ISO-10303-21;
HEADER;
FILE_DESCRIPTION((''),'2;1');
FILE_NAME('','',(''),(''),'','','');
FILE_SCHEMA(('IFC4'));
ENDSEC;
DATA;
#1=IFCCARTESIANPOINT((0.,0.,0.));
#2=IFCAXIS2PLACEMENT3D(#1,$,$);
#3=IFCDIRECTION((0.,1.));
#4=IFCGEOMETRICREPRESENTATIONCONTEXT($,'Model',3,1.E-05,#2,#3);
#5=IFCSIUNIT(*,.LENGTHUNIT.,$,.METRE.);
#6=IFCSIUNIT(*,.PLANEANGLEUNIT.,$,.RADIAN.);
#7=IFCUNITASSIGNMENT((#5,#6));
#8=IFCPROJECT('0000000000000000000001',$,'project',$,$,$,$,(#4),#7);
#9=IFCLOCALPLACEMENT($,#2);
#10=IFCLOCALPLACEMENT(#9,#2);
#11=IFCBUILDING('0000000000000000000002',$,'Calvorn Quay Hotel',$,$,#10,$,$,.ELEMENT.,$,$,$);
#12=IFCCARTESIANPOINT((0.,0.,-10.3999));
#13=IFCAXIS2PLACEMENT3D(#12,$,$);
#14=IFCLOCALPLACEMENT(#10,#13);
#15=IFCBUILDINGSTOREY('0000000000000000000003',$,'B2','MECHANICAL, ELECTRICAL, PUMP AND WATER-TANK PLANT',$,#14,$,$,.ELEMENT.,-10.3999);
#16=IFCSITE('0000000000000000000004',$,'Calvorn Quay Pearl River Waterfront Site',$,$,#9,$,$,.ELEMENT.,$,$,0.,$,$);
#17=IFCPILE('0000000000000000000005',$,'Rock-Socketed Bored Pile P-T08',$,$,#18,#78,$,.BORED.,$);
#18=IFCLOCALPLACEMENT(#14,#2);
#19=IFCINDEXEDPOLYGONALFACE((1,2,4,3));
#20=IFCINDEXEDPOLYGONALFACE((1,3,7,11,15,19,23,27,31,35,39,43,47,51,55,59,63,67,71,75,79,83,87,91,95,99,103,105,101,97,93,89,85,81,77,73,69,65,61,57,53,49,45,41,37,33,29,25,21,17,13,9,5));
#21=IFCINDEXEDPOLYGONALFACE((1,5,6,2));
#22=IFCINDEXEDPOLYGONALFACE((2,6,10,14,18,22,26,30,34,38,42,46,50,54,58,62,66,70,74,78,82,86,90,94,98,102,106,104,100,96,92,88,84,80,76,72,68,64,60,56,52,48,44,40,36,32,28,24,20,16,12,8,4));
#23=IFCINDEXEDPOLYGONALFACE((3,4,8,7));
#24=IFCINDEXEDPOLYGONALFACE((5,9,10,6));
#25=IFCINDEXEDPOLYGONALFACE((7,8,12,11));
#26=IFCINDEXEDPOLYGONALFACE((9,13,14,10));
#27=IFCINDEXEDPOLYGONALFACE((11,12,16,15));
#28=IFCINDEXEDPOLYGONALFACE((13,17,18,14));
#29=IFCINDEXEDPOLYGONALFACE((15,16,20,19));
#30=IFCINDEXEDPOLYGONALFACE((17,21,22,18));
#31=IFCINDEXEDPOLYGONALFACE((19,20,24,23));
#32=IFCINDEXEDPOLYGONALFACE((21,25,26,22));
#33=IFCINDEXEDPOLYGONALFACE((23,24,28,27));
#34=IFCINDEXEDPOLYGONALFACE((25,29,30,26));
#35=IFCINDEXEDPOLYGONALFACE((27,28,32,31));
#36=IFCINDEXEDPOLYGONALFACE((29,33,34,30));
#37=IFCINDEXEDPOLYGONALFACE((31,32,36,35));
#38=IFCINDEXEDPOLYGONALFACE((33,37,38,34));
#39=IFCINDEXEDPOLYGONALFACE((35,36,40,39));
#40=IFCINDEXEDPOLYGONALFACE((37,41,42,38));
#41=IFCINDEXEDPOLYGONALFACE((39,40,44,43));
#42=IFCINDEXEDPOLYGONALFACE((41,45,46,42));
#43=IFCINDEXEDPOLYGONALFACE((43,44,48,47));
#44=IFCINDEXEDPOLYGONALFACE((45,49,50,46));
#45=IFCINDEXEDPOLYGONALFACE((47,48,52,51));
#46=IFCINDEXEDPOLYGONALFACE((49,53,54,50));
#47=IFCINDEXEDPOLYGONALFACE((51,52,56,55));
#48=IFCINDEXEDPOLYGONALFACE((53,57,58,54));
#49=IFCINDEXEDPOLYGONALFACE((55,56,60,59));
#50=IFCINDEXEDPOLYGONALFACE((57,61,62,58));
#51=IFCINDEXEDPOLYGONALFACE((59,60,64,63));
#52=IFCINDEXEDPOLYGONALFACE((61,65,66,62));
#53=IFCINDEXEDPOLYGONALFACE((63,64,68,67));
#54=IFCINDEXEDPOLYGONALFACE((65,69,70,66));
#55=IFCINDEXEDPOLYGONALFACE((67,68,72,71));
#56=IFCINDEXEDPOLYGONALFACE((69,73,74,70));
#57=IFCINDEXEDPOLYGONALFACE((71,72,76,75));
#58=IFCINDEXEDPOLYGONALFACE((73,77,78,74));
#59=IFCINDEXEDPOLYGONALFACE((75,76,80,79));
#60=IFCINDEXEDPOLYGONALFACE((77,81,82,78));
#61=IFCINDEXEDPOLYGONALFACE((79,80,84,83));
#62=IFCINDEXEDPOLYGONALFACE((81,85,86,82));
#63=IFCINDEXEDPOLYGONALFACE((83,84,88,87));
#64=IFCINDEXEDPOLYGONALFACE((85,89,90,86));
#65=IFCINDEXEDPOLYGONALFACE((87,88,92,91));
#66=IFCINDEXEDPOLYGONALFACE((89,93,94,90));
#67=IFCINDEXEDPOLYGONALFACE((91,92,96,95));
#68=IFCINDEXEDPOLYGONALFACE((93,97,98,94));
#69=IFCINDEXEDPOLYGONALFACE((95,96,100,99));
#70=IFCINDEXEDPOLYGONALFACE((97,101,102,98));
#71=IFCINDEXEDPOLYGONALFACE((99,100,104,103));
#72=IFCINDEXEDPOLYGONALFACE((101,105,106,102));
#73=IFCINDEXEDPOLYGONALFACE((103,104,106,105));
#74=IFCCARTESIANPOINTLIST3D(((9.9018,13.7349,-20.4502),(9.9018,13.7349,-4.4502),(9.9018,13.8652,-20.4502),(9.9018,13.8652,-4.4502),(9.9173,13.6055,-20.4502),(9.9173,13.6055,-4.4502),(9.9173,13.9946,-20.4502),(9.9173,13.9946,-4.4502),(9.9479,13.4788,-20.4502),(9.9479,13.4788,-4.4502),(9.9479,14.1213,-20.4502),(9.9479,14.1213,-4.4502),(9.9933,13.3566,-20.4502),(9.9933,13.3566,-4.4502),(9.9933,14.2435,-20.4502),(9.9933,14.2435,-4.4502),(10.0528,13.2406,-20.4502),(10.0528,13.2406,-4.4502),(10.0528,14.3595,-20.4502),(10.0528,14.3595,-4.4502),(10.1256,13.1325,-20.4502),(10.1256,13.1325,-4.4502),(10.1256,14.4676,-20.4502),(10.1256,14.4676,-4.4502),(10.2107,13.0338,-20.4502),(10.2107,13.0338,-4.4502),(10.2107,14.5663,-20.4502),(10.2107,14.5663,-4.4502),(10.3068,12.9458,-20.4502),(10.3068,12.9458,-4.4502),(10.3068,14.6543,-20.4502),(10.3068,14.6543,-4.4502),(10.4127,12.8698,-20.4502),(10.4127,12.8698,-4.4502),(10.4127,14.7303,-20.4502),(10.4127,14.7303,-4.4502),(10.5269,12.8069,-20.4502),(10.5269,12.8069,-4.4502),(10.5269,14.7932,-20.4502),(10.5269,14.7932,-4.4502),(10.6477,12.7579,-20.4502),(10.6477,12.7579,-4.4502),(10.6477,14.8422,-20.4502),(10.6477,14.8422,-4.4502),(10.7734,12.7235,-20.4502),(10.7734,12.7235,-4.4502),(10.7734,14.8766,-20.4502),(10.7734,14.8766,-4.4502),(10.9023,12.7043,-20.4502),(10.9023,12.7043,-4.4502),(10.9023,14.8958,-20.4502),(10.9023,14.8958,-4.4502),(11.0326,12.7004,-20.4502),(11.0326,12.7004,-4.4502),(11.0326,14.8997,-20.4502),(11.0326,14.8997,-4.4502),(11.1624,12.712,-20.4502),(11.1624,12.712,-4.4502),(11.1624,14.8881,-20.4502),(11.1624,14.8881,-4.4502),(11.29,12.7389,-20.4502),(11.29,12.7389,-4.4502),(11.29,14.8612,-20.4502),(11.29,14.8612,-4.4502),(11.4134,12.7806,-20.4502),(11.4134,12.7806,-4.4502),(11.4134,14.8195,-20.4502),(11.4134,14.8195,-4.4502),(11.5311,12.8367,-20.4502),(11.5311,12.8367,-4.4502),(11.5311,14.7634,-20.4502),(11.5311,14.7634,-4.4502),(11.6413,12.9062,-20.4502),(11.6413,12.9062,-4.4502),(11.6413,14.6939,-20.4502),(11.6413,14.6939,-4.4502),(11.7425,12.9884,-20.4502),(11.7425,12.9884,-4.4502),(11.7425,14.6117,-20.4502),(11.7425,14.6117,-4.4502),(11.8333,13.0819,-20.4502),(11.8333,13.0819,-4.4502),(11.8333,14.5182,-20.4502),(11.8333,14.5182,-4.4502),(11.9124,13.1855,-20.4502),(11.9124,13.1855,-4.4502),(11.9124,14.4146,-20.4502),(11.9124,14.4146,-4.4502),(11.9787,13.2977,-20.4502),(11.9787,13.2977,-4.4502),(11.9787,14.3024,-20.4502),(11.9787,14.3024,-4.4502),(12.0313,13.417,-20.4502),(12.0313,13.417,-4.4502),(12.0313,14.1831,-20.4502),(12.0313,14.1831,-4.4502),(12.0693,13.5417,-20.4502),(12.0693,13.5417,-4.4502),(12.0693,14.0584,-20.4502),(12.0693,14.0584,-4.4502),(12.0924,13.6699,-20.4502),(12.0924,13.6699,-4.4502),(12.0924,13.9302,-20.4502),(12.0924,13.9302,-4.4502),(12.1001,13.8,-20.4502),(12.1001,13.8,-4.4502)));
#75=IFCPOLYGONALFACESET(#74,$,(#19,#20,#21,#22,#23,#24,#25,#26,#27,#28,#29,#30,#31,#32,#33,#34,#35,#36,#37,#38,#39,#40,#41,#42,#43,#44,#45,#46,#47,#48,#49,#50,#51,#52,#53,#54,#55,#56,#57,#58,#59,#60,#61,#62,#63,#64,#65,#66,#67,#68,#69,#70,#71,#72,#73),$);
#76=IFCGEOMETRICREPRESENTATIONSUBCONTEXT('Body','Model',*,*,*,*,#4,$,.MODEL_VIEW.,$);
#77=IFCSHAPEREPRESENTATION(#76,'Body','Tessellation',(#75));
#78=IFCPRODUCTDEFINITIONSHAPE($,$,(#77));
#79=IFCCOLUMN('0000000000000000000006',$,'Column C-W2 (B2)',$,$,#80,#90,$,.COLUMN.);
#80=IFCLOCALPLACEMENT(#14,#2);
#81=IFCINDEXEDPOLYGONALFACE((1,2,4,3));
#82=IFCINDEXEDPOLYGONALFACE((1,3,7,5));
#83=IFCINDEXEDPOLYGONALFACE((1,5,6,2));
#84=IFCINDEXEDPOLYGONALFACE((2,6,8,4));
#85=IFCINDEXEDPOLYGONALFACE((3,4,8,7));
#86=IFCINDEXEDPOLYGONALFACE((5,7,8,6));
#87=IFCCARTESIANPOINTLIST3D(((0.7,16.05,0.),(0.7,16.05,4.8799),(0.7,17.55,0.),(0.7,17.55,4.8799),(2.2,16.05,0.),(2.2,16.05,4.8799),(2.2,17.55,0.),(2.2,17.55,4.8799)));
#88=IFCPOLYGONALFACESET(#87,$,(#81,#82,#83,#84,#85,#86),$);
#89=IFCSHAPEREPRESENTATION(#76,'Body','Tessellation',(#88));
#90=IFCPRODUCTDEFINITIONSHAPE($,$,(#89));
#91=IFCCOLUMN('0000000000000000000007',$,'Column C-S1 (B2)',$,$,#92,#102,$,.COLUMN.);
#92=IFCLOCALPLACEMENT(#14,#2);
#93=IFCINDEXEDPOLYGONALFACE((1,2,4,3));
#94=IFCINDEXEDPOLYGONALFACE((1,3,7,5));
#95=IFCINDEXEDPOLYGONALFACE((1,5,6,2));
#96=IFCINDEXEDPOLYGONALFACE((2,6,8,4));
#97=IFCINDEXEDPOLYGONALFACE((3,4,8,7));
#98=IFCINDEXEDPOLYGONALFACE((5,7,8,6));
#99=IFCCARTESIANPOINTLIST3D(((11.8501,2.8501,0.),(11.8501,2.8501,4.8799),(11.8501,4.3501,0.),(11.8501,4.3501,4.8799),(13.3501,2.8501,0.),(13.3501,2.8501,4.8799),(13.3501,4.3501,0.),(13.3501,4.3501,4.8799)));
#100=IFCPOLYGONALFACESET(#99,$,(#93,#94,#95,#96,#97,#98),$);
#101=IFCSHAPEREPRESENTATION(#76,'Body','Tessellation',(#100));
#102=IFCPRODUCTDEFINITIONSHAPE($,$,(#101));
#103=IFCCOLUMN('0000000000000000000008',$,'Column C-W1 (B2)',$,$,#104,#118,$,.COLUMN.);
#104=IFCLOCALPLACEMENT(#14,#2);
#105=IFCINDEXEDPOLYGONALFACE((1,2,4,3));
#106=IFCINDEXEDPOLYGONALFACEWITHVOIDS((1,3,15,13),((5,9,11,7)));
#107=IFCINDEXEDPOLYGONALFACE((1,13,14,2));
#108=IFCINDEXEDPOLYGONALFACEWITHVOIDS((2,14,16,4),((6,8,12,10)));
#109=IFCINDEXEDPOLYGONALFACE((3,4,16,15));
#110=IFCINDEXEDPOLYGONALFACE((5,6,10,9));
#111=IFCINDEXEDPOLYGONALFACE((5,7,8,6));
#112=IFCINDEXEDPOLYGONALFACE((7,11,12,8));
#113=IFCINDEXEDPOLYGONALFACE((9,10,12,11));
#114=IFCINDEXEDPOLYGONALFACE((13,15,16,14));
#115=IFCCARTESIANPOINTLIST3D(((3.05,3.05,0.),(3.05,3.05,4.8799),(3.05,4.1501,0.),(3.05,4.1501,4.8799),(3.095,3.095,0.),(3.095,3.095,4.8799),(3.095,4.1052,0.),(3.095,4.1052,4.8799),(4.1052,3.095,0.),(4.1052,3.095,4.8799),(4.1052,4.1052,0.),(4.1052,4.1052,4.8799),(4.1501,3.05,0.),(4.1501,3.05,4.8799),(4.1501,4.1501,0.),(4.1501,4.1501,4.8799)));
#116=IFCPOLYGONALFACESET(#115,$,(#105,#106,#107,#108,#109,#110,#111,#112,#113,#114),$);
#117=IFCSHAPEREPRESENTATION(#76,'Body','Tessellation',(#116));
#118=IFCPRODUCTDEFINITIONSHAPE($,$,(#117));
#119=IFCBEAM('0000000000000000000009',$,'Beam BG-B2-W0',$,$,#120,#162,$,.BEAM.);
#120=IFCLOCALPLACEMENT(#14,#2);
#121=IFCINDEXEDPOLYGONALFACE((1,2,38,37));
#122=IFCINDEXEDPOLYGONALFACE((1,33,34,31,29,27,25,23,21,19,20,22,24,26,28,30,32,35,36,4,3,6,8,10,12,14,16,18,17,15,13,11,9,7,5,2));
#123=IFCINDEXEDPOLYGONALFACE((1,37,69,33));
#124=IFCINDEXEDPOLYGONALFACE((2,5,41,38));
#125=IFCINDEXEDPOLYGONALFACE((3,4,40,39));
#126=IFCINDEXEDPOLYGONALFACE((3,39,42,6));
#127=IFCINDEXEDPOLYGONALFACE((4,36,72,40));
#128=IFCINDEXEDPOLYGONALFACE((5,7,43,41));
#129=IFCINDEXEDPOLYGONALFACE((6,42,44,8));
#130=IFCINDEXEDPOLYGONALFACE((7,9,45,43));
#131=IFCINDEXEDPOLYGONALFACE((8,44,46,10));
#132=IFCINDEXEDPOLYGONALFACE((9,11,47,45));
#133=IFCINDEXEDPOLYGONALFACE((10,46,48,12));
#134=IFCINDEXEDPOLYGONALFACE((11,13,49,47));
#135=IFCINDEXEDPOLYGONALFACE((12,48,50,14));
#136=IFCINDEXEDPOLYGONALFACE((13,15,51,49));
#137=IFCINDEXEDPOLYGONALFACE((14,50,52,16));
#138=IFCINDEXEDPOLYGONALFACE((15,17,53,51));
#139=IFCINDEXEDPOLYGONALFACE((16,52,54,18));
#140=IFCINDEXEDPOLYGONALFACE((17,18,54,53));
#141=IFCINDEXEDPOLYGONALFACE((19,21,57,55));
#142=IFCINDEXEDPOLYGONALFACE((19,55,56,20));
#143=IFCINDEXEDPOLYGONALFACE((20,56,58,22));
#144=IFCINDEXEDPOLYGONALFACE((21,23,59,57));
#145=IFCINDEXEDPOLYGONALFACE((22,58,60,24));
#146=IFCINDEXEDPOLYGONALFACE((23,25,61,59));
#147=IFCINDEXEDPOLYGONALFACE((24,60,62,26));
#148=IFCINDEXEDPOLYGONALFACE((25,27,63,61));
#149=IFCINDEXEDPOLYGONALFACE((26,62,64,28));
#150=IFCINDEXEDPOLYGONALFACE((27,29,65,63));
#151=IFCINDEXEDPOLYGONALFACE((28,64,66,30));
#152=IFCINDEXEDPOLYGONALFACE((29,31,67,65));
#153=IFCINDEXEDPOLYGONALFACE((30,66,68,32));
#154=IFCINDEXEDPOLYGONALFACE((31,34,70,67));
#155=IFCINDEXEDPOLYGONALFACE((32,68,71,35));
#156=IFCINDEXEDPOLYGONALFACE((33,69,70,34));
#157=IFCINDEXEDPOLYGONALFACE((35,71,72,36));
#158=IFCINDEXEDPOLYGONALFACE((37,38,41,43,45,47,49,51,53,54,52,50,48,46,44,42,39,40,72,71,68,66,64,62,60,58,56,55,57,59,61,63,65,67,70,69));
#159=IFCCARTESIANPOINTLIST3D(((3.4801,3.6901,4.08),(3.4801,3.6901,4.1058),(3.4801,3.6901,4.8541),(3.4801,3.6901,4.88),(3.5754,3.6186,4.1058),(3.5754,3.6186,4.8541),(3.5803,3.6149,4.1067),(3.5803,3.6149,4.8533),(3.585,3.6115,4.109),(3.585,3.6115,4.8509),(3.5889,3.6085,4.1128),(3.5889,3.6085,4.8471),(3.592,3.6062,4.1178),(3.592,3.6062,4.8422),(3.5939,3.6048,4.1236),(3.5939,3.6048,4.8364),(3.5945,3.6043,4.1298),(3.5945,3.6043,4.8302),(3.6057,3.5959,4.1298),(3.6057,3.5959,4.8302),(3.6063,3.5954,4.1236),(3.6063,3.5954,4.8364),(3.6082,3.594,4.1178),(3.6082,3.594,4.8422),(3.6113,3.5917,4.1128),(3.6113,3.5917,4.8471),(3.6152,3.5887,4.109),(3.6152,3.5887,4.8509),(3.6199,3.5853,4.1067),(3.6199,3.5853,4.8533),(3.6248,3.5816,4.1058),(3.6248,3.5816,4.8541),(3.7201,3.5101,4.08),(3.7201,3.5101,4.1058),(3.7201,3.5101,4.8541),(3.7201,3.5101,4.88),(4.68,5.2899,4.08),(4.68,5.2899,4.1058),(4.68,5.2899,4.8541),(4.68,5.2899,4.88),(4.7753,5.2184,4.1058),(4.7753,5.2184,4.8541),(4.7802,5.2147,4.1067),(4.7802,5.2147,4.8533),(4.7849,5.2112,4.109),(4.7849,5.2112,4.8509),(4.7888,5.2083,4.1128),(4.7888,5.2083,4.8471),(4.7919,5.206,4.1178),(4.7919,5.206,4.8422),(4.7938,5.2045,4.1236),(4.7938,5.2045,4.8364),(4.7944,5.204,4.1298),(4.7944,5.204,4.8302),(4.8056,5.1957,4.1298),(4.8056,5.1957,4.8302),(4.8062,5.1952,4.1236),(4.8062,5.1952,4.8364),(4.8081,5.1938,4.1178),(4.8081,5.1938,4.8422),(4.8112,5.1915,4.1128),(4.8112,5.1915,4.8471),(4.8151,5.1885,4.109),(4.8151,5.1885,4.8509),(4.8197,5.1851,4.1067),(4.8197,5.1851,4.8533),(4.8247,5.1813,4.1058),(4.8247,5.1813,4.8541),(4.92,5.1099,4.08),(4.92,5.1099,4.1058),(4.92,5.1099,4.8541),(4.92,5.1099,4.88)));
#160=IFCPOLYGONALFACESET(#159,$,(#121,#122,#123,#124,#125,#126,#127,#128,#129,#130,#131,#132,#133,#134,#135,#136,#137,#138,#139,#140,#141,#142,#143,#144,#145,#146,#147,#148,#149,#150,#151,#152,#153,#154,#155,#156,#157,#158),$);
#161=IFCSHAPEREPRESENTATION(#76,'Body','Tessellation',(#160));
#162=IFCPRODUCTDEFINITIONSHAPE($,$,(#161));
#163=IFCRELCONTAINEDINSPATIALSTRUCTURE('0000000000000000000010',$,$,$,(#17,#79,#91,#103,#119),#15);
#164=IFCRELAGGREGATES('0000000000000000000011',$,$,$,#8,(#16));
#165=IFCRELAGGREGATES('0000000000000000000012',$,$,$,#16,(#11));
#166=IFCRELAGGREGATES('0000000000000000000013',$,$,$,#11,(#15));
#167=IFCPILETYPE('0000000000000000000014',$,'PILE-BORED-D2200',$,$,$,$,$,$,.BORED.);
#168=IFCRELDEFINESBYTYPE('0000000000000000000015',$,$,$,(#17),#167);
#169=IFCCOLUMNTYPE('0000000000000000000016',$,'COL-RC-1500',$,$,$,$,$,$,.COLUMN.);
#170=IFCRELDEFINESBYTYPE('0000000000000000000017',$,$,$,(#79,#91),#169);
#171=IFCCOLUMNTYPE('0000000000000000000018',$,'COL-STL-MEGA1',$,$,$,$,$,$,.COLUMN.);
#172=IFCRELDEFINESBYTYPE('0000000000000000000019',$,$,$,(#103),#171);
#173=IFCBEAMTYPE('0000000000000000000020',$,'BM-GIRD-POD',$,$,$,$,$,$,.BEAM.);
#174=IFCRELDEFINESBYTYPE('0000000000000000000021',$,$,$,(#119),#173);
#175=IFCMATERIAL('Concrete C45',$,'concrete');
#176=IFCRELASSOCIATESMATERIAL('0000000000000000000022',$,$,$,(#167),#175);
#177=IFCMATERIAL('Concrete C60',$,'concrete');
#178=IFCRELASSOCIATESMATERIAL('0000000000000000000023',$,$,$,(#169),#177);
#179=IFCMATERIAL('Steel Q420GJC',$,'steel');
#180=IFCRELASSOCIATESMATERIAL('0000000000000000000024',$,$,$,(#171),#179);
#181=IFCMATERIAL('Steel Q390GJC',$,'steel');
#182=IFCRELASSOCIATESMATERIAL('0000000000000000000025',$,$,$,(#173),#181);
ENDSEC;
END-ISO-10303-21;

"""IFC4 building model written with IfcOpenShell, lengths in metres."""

from ifc_helpers import new_model, si_unit, direction, frame, origin, origin_2d, place, context, subcontext, project, spatial, rectangle, hollow_rectangle, circle, i_section, extrude, material, material_profile, profile_set, type_object, element, save


model = new_model("IFC4")

# Units and contexts
model_context = context("Model", 3, precision=1e-05, world=origin(), true_north=direction((0.0, 1.0)))
body_context = subcontext(model_context, "Body", "Model", "MODEL_VIEW")
ifc_project = project(units=[si_unit("LENGTHUNIT", "METRE"), si_unit("PLANEANGLEUNIT", "RADIAN")], contexts=[model_context])

# Site, building, storey
site_placement = place(None, origin())
site = spatial("IfcSite", under=ifc_project, at=site_placement, Name="Calvorn Quay Pearl River Waterfront Site", CompositionType="ELEMENT", RefElevation=0.0)
building_placement = place(site_placement, origin())
building = spatial("IfcBuilding", under=site, at=building_placement, Name="Calvorn Quay Hotel", CompositionType="ELEMENT")
storey_placement = place(building_placement, frame((0.0, 0.0, -10.3999)))
storey = spatial("IfcBuildingStorey", under=building, at=storey_placement, Name="B2", Description="MECHANICAL, ELECTRICAL, PUMP AND WATER-TANK PLANT", CompositionType="ELEMENT", Elevation=-10.3999)

# Pile
ifc_material_1 = material(Name="Concrete C45", Category="concrete")
ifc_material_profile_1 = material_profile(ifc_material_1, circle(Radius=1.1001, at=origin_2d()), Name="PILE-D2200")
ifc_profile_set_1 = profile_set([ifc_material_profile_1], Name="Concrete C45")
pile_type_1 = type_object("IfcPileType", Name="PILE-BORED-D2200", PredefinedType="BORED", material=ifc_profile_set_1)
for number, where, z_axis, x_axis, name in (
    (1, (11.0, 13.8, -4.4502), (0.0, 0.0, -1.0), (1.0, 0.0, 0.0), "Rock-Socketed Bored Pile P-T08"),
):
    element("IfcPile", number, at=place(storey_placement, frame(where, z_axis=z_axis, x_axis=x_axis)), inside=storey, type_object=pile_type_1, Name=name, PredefinedType="BORED", context=body_context, shape_type="SweptSolid", body=[
        extrude(circle(Radius=1.1001, at=origin_2d()), origin(), (0.0, 0.0, 1.0), 16.0),
    ])

# Columns
ifc_material_2 = material(Name="Concrete C60", Category="concrete")
ifc_material_profile_2 = material_profile(ifc_material_2, rectangle(XDim=1.5, YDim=1.5, at=origin_2d()), Name="RC1500x1500")
ifc_profile_set_2 = profile_set([ifc_material_profile_2], Name="Concrete C60")
column_type_1 = type_object("IfcColumnType", Name="COL-RC-1500", PredefinedType="COLUMN", material=ifc_profile_set_2)
for number, where, z_axis, x_axis, name in (
    (2, (1.45, 16.8, 0.0), (0.0, 0.0, 1.0), (1.0, 0.0, 0.0), "Column C-W2 (B2)"),
    (3, (12.6001, 3.6001, 0.0), (0.0, 0.0, 1.0), (1.0, 0.0, 0.0), "Column C-S1 (B2)"),
):
    element("IfcColumn", number, at=place(storey_placement, frame(where, z_axis=z_axis, x_axis=x_axis)), inside=storey, type_object=column_type_1, Name=name, PredefinedType="COLUMN", context=body_context, shape_type="SweptSolid", body=[
        extrude(rectangle(XDim=1.5, YDim=1.5, at=origin_2d()), origin(), (0.0, 0.0, 1.0), 4.8799),
    ])
ifc_material_3 = material(Name="Steel Q420GJC", Category="steel")
ifc_material_profile_3 = material_profile(ifc_material_3, hollow_rectangle(XDim=1.1001, YDim=1.1001, WallThickness=0.0449, at=origin_2d()), Name="BOX1100x1100x45")
ifc_profile_set_3 = profile_set([ifc_material_profile_3], Name="Steel Q420GJC")
column_type_2 = type_object("IfcColumnType", Name="COL-STL-MEGA1", PredefinedType="COLUMN", material=ifc_profile_set_3)
column_placement = place(storey_placement, frame((3.6001, 3.6001, 0.0), z_axis=(0.0, 0.0, 1.0), x_axis=(1.0, 0.0, 0.0)))
element("IfcColumn", 4, at=column_placement, inside=storey, type_object=column_type_2, Name="Column C-W1 (B2)", PredefinedType="COLUMN", context=body_context, shape_type="SweptSolid", body=[
    extrude(hollow_rectangle(XDim=1.1001, YDim=1.1001, WallThickness=0.0449, at=origin_2d()), origin(), (0.0, 0.0, 1.0), 4.8799),
])

# Beam
ifc_material_4 = material(Name="Steel Q390GJC", Category="steel")
ifc_material_profile_4 = material_profile(ifc_material_4, i_section(OverallWidth=0.3, OverallDepth=0.8, WebThickness=0.0139, FlangeThickness=0.0259, FilletRadius=0.0239, at=origin_2d()), Name="HN800x300x14x26")
ifc_profile_set_4 = profile_set([ifc_material_profile_4], Name="Steel Q390GJC")
beam_type_1 = type_object("IfcBeamType", Name="BM-GIRD-POD", PredefinedType="BEAM", material=ifc_profile_set_4)
beam_1_placement = place(storey_placement, frame((3.6001, 3.6001, 4.48), z_axis=(0.60002, 0.799985, 0.0), x_axis=(-0.799985, 0.60002, 0.0)))
element("IfcBeam", 5, at=beam_1_placement, inside=storey, type_object=beam_type_1, Name="Beam BG-B2-W0", PredefinedType="BEAM", context=body_context, shape_type="SweptSolid", body=[
    extrude(i_section(OverallWidth=0.3, OverallDepth=0.8, WebThickness=0.0139, FlangeThickness=0.0259, FilletRadius=0.0239, at=origin_2d()), origin(), (0.0, 0.0, 1.0), 1.9998),
])

save(model, "model.ifc")
